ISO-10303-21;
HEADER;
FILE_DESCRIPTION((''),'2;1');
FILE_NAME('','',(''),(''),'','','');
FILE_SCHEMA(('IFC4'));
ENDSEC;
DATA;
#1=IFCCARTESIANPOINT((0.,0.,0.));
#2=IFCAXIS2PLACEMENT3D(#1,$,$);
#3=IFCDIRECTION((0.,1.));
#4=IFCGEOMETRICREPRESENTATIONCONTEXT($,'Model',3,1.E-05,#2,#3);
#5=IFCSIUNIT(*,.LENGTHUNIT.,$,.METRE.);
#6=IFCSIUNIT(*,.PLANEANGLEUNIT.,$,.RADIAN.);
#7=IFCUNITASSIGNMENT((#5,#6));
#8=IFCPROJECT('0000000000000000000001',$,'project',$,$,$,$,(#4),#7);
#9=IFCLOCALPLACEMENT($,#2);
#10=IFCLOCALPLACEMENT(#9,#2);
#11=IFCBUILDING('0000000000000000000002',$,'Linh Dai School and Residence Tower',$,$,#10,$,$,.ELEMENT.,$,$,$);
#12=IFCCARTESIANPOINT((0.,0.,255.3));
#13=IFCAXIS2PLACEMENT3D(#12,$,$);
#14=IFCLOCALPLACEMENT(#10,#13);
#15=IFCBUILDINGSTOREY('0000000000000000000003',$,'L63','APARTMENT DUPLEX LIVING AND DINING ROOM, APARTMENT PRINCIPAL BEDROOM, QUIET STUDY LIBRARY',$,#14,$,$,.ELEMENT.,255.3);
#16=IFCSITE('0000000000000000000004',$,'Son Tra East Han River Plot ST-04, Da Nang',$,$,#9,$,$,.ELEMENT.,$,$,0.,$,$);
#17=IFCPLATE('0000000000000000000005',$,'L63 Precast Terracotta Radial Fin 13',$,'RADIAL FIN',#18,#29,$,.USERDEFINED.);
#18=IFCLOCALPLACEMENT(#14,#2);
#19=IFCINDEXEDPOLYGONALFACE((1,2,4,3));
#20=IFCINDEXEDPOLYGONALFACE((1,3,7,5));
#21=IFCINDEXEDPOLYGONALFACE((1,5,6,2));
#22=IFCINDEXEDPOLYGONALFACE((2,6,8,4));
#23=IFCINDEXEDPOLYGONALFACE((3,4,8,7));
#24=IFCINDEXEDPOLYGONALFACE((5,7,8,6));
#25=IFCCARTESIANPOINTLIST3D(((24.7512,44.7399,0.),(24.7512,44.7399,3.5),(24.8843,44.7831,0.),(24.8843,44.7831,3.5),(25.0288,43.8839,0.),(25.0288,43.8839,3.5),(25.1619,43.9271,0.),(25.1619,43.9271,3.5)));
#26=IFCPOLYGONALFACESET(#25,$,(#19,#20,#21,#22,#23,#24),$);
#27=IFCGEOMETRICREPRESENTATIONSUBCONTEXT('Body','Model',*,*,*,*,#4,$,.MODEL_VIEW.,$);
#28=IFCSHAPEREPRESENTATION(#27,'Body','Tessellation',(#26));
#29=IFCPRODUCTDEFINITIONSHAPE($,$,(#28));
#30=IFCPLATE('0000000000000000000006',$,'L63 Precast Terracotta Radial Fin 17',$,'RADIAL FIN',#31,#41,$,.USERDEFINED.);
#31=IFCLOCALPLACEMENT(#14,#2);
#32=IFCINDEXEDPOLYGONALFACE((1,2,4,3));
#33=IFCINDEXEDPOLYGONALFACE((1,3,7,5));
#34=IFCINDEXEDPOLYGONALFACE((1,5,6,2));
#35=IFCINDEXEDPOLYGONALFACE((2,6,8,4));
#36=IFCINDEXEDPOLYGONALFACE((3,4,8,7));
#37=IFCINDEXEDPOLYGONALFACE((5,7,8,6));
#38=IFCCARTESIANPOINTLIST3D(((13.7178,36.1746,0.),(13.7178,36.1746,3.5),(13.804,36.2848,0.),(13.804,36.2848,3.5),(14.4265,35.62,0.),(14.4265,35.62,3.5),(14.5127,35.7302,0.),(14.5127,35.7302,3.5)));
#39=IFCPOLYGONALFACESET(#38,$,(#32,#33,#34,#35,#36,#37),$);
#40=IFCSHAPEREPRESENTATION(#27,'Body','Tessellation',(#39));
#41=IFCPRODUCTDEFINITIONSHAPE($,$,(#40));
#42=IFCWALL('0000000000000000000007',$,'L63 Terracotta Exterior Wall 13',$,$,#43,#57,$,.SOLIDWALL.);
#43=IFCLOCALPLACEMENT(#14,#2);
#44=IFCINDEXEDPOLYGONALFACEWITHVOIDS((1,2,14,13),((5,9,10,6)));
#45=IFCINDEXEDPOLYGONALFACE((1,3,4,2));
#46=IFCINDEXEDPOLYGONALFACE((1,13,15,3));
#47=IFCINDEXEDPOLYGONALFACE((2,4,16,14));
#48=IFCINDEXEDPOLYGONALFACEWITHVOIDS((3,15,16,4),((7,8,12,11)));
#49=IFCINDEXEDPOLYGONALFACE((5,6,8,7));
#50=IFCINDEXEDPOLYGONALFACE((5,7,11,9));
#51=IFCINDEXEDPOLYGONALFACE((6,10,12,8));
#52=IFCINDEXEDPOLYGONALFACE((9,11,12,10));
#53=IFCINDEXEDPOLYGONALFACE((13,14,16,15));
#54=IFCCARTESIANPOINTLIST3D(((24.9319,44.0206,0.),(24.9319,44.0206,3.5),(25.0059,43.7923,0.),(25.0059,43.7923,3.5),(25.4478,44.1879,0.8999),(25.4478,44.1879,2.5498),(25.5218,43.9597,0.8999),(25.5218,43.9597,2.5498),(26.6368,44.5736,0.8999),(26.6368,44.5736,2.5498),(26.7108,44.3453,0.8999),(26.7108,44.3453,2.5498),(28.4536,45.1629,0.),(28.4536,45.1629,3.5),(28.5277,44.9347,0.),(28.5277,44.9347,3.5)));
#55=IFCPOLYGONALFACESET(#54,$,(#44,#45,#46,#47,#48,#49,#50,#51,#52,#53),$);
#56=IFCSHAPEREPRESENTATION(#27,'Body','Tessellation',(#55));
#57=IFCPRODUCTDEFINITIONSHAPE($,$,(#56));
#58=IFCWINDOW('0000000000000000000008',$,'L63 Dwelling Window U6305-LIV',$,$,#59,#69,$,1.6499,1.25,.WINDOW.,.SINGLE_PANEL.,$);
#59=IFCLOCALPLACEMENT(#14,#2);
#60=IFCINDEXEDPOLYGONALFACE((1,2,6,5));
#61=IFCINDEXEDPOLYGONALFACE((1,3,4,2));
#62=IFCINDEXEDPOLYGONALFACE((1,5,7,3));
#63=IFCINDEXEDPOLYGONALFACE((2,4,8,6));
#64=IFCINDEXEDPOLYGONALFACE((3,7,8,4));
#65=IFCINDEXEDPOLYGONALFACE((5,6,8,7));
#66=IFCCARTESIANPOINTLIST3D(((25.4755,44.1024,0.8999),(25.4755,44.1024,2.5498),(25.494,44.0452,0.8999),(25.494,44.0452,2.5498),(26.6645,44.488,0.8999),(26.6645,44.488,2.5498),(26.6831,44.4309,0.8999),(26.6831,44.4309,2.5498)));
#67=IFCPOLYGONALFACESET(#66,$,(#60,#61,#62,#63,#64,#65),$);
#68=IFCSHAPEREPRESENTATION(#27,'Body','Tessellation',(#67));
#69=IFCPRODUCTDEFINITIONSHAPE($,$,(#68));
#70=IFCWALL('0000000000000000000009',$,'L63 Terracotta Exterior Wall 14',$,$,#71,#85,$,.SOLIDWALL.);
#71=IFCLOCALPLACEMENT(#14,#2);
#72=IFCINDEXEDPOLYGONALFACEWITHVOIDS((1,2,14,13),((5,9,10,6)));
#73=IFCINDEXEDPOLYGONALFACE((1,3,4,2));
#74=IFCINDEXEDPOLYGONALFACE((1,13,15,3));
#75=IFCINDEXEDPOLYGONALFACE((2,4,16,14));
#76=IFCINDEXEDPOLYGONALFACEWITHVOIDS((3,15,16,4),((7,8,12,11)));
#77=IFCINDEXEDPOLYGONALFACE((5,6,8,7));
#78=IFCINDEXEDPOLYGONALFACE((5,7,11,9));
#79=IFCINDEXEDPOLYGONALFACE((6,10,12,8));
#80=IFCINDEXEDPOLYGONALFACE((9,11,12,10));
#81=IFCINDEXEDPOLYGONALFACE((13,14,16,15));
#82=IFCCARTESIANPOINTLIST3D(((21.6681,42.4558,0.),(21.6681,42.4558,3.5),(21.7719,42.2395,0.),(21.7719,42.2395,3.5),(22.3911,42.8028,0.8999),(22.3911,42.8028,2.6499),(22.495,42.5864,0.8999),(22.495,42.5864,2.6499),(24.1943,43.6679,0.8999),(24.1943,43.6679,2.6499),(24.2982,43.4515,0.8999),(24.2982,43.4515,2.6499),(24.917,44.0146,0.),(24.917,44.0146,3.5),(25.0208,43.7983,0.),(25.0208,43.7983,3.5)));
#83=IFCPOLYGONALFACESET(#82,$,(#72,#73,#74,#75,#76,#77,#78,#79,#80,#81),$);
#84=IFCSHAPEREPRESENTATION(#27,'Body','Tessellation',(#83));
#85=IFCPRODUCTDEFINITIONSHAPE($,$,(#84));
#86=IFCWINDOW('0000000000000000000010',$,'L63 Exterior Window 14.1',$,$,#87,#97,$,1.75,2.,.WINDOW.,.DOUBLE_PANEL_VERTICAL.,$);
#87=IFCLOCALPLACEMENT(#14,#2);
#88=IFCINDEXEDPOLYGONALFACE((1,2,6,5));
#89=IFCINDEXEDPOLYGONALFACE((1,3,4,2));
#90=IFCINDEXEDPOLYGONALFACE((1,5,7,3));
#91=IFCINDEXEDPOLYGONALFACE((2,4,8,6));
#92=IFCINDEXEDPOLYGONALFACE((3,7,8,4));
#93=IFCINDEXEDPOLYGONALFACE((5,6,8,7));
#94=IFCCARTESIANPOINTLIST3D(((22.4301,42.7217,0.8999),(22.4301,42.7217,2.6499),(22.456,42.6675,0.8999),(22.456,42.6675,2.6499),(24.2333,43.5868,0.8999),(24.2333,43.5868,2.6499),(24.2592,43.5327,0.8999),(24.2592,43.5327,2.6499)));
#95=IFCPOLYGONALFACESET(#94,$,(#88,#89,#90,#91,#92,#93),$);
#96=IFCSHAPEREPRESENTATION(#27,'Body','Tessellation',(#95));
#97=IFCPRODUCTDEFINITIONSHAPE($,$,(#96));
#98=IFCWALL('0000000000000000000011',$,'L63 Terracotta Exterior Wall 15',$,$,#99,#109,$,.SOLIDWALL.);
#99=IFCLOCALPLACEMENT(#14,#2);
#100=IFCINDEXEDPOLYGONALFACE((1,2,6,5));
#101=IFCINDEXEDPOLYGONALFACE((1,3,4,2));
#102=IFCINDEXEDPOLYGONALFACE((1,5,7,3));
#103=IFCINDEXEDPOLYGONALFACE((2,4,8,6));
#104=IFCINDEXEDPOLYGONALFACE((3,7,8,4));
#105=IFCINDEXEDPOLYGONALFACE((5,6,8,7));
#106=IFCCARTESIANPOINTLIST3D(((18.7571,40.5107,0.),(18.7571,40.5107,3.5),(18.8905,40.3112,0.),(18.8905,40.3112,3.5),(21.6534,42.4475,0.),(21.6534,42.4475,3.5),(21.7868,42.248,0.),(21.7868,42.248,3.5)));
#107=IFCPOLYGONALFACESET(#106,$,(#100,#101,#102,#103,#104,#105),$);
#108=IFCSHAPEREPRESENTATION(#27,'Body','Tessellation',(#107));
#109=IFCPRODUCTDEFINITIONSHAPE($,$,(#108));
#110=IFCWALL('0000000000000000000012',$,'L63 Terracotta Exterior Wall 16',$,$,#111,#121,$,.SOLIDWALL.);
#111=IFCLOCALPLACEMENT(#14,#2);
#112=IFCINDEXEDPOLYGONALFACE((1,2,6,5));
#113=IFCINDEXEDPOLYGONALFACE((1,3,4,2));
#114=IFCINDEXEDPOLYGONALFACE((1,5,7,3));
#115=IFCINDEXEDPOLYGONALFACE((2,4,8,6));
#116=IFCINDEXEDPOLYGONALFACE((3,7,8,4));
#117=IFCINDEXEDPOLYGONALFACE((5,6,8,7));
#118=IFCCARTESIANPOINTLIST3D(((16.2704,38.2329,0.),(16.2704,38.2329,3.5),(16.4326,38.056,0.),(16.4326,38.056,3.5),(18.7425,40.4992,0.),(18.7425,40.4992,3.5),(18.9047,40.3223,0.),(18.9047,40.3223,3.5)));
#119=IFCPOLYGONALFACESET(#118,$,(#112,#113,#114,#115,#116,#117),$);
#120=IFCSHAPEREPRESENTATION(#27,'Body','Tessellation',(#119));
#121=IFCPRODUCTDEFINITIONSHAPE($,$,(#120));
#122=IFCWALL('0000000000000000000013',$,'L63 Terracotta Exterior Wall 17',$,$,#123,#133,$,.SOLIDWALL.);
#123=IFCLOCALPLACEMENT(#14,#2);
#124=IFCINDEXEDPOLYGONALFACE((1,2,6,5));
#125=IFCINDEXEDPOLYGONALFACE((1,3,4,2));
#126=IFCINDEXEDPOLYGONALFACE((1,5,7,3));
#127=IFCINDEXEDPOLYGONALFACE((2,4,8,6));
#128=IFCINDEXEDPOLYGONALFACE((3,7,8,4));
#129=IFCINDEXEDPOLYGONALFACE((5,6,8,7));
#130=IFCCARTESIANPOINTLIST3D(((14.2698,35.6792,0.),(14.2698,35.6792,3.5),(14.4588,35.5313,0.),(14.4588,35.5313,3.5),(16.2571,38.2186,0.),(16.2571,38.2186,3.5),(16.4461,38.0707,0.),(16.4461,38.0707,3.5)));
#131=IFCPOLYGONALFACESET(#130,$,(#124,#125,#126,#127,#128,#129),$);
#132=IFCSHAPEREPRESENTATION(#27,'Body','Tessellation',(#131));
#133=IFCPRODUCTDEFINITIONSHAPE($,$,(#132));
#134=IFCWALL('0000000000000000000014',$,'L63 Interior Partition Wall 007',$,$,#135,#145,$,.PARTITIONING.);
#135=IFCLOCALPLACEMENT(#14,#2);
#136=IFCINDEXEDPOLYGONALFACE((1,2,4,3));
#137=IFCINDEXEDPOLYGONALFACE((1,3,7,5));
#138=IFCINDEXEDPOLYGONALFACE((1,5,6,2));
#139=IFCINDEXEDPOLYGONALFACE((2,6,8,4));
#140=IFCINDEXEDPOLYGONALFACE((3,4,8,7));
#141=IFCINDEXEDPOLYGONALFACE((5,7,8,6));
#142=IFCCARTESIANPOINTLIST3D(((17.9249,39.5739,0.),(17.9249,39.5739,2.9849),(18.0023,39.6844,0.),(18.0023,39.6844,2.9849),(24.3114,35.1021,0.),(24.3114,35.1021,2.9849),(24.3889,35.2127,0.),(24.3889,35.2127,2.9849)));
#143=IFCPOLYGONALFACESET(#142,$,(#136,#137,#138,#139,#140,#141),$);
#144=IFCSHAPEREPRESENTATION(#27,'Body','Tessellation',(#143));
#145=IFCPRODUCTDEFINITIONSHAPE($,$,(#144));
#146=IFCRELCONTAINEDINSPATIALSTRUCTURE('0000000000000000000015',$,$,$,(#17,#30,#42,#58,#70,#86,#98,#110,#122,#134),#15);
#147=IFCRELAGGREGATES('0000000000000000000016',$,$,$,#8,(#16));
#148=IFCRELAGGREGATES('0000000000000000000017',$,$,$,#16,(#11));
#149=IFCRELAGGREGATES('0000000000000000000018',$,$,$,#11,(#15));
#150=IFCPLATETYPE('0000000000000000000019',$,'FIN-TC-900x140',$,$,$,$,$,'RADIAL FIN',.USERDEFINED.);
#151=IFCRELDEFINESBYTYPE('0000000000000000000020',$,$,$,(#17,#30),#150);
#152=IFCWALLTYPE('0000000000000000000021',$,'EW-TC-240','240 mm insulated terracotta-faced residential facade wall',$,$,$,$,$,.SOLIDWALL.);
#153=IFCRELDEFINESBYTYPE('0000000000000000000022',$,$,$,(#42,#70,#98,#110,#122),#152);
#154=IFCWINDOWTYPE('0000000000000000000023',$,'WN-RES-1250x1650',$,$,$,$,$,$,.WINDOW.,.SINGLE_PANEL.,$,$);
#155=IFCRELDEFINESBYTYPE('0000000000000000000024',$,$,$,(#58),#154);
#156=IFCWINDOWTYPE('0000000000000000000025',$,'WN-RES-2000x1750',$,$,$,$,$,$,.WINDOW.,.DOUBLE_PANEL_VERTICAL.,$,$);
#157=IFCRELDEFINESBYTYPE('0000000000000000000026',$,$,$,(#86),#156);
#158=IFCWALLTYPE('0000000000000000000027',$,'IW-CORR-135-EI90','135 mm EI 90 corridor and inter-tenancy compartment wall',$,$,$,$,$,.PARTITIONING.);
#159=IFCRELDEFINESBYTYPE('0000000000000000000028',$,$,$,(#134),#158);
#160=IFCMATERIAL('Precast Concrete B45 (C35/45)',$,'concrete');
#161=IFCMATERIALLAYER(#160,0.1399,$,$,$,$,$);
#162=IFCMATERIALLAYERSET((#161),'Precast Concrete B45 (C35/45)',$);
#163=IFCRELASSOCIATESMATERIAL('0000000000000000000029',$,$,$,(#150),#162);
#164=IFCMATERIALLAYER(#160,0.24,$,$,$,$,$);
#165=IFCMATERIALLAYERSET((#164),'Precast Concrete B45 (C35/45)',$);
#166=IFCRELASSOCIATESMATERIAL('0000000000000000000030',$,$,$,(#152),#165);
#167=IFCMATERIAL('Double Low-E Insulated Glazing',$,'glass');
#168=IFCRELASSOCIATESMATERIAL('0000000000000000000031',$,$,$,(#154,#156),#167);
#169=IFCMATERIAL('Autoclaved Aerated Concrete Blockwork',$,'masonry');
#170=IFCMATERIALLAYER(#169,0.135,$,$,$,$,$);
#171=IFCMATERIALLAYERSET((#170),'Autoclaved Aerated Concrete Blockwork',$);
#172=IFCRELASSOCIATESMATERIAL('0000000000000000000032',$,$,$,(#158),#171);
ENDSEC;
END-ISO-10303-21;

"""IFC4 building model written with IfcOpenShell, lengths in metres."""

from ifc_helpers import new_model, si_unit, direction, frame, frame_2d, origin, origin_2d, place, context, subcontext, project, spatial, rectangle, extrude, source, transform, mapped, material, layer, layer_set, type_object, element, fill, save


model = new_model("IFC4")

# Units and contexts
model_context = context("Model", 3, precision=1e-05, world=origin(), true_north=direction((0.0, 1.0)))
body_context = subcontext(model_context, "Body", "Model", "MODEL_VIEW")
ifc_project = project(units=[si_unit("LENGTHUNIT", "METRE"), si_unit("PLANEANGLEUNIT", "RADIAN")], contexts=[model_context])

# Site, building, storey
site_placement = place(None, origin())
site = spatial("IfcSite", under=ifc_project, at=site_placement, Name="Son Tra East Han River Plot ST-04, Da Nang", CompositionType="ELEMENT", RefElevation=0.0)
building_placement = place(site_placement, origin())
building = spatial("IfcBuilding", under=site, at=building_placement, Name="Linh Dai School and Residence Tower", CompositionType="ELEMENT")
storey_placement = place(building_placement, frame((0.0, 0.0, 255.3)))
storey = spatial("IfcBuildingStorey", under=building, at=storey_placement, Name="L63", Description="APARTMENT DUPLEX LIVING AND DINING ROOM, APARTMENT PRINCIPAL BEDROOM, QUIET STUDY LIBRARY", CompositionType="ELEMENT", Elevation=255.3)

# Plates
ifc_material_1 = material(Name="Precast Concrete B45 (C35/45)", Category="concrete")
ifc_layer_1 = layer(ifc_material_1, 0.1399)
ifc_layer_set_1 = layer_set([ifc_layer_1], Name="Precast Concrete B45 (C35/45)")
plate_type = type_object("IfcPlateType", Name="FIN-TC-900x140", ElementType="RADIAL FIN", PredefinedType="USERDEFINED", material=ifc_layer_set_1)
shared_shape_1 = source(origin(), body_context, "Body", "SweptSolid", [
    extrude(rectangle(XDim=0.8999, YDim=0.1399, at=origin_2d()), origin(), (0.0, 0.0, 1.0), 3.5),
])
for number, where, z_axis, x_axis, name in (
    (1, (24.9565, 44.3335, 0.0), (0.0, 0.0, 1.0), (-0.308501, 0.951224, 0.0), "L63 Precast Terracotta Radial Fin 13"),
    (2, (14.1152, 35.9524, 0.0), (0.0, 0.0, 1.0), (-0.787487, 0.616332, 0.0), "L63 Precast Terracotta Radial Fin 17"),
):
    element("IfcPlate", number, at=place(storey_placement, frame(where, z_axis=z_axis, x_axis=x_axis)), inside=storey, type_object=plate_type, Name=name, ObjectType="RADIAL FIN", PredefinedType="USERDEFINED", context=body_context, shape_type="MappedRepresentation", body=[
        mapped(shared_shape_1, transform((0.0, 0.0, 0.0), x_axis=(1.0, 0.0, 0.0), y_axis=(0.0, 1.0, 0.0), z_axis=(0.0, 0.0, 1.0), scale=1.0)),
    ])

# Walls, openings, windows
ifc_layer_2 = layer(ifc_material_1, 0.24)
ifc_layer_set_2 = layer_set([ifc_layer_2], Name="Precast Concrete B45 (C35/45)")
wall_type_1 = type_object("IfcWallType", Name="EW-TC-240", Description="240 mm insulated terracotta-faced residential facade wall", PredefinedType="SOLIDWALL", material=ifc_layer_set_2)
wall_1_placement = place(storey_placement, frame((24.969, 43.9065, 0.0), z_axis=(0.0, 0.0, 1.0), x_axis=(0.951211, 0.308542, 0.0)))
wall_1 = element("IfcWall", 3, at=wall_1_placement, inside=storey, type_object=wall_type_1, Name="L63 Terracotta Exterior Wall 13", PredefinedType="SOLIDWALL", context=body_context, shape_type="SweptSolid", body=[
    extrude(rectangle(XDim=3.7024, YDim=0.24, at=frame_2d((1.8511, 0.0))), origin(), (0.0, 0.0, 1.0), 3.5),
])
opening_1_placement = place(wall_1_placement, frame((0.5422, 0.0, 0.8999)))
opening_1 = element("IfcOpeningElement", 4, at=opening_1_placement, cuts=wall_1, PredefinedType="OPENING", context=body_context, shape_type="SweptSolid", body=[
    extrude(rectangle(XDim=1.25, YDim=1.6499, at=origin_2d()), frame((0.625, 0.1299, 0.825), z_axis=(0.0, -1.0, 0.0), x_axis=(1.0, 0.0, 0.0)), (0.0, 0.0, 1.0), 0.26),
])
ifc_material_2 = material(Name="Double Low-E Insulated Glazing", Category="glass")
window_type_1 = type_object("IfcWindowType", Name="WN-RES-1250x1650", PartitioningType="SINGLE_PANEL", PredefinedType="WINDOW", material=ifc_material_2)
shared_shape_2 = source(origin(), body_context, "Body", "SweptSolid", [
    extrude(rectangle(XDim=1.25, YDim=1.6499, at=origin_2d()), frame((0.625, 0.03, 0.825), z_axis=(0.0, -1.0, 0.0), x_axis=(1.0, 0.0, 0.0)), (0.0, 0.0, 1.0), 0.0601),
])
window_1_placement = place(opening_1_placement, origin())
window_1 = element("IfcWindow", 5, at=window_1_placement, inside=storey, type_object=window_type_1, Name="L63 Dwelling Window U6305-LIV", OverallHeight=1.6499, OverallWidth=1.25, PartitioningType="SINGLE_PANEL", PredefinedType="WINDOW", context=body_context, shape_type="MappedRepresentation", body=[
    mapped(shared_shape_2, transform((0.0, 0.0, 0.0), x_axis=(1.0, 0.0, 0.0), y_axis=(0.0, 1.0, 0.0), z_axis=(0.0, 0.0, 1.0), scale=1.0)),
])
fill(opening_1, window_1)
wall_2_placement = place(storey_placement, frame((21.72, 42.3477, 0.0), z_axis=(0.0, 0.0, 1.0), x_axis=(0.901598, 0.432575, 0.0)))
wall_2 = element("IfcWall", 6, at=wall_2_placement, inside=storey, type_object=wall_type_1, Name="L63 Terracotta Exterior Wall 14", PredefinedType="SOLIDWALL", context=body_context, shape_type="SweptSolid", body=[
    extrude(rectangle(XDim=3.6035, YDim=0.24, at=frame_2d((1.8018, 0.0))), origin(), (0.0, 0.0, 1.0), 3.5),
])
opening_2_placement = place(wall_2_placement, frame((0.802, 0.0, 0.8999)))
opening_2 = element("IfcOpeningElement", 7, at=opening_2_placement, cuts=wall_2, PredefinedType="OPENING", context=body_context, shape_type="SweptSolid", body=[
    extrude(rectangle(XDim=2.0, YDim=1.75, at=origin_2d()), frame((1.0, 0.1299, 0.875), z_axis=(0.0, -1.0, 0.0), x_axis=(1.0, 0.0, 0.0)), (0.0, 0.0, 1.0), 0.26),
])
window_type_2 = type_object("IfcWindowType", Name="WN-RES-2000x1750", PartitioningType="DOUBLE_PANEL_VERTICAL", PredefinedType="WINDOW", material=ifc_material_2)
shared_shape_3 = source(origin(), body_context, "Body", "SweptSolid", [
    extrude(rectangle(XDim=2.0, YDim=1.75, at=origin_2d()), frame((1.0, 0.03, 0.875), z_axis=(0.0, -1.0, 0.0), x_axis=(1.0, 0.0, 0.0)), (0.0, 0.0, 1.0), 0.0601),
])
window_2_placement = place(opening_2_placement, origin())
window_2 = element("IfcWindow", 8, at=window_2_placement, inside=storey, type_object=window_type_2, Name="L63 Exterior Window 14.1", OverallHeight=1.75, OverallWidth=2.0, PartitioningType="DOUBLE_PANEL_VERTICAL", PredefinedType="WINDOW", context=body_context, shape_type="MappedRepresentation", body=[
    mapped(shared_shape_3, transform((0.0, 0.0, 0.0), x_axis=(1.0, 0.0, 0.0), y_axis=(0.0, 1.0, 0.0), z_axis=(0.0, 0.0, 1.0), scale=1.0)),
])
fill(opening_2, window_2)

# Walls
wall_3_placement = place(storey_placement, frame((18.8237, 40.4109, 0.0), z_axis=(0.0, 0.0, 1.0), x_axis=(0.831262, 0.55588, 0.0)))
element("IfcWall", 9, at=wall_3_placement, inside=storey, type_object=wall_type_1, Name="L63 Terracotta Exterior Wall 15", PredefinedType="SOLIDWALL", context=body_context, shape_type="SweptSolid", body=[
    extrude(rectangle(XDim=3.4841, YDim=0.24, at=frame_2d((1.7422, 0.0))), origin(), (0.0, 0.0, 1.0), 3.5),
])
wall_4_placement = place(storey_placement, frame((16.3516, 38.1445, 0.0), z_axis=(0.0, 0.0, 1.0), x_axis=(0.737124, 0.675758, 0.0)))
element("IfcWall", 10, at=wall_4_placement, inside=storey, type_object=wall_type_1, Name="L63 Terracotta Exterior Wall 16", PredefinedType="SOLIDWALL", context=body_context, shape_type="SweptSolid", body=[
    extrude(rectangle(XDim=3.3538, YDim=0.24, at=frame_2d((1.6768, 0.0))), origin(), (0.0, 0.0, 1.0), 3.5),
])
wall_5_placement = place(storey_placement, frame((14.3643, 35.6052, 0.0), z_axis=(0.0, 0.0, 1.0), x_axis=(0.616312, 0.787502, 0.0)))
element("IfcWall", 11, at=wall_5_placement, inside=storey, type_object=wall_type_1, Name="L63 Terracotta Exterior Wall 17", PredefinedType="SOLIDWALL", context=body_context, shape_type="SweptSolid", body=[
    extrude(rectangle(XDim=3.2246, YDim=0.24, at=frame_2d((1.6123, 0.0))), origin(), (0.0, 0.0, 1.0), 3.5),
])
ifc_material_3 = material(Name="Autoclaved Aerated Concrete Blockwork", Category="masonry")
ifc_layer_3 = layer(ifc_material_3, 0.135)
ifc_layer_set_3 = layer_set([ifc_layer_3], Name="Autoclaved Aerated Concrete Blockwork")
wall_type_2 = type_object("IfcWallType", Name="IW-CORR-135-EI90", Description="135 mm EI 90 corridor and inter-tenancy compartment wall", PredefinedType="PARTITIONING", material=ifc_layer_set_3)
wall_6_placement = place(storey_placement, frame((17.9636, 39.6292, 0.0), z_axis=(0.0, 0.0, 1.0), x_axis=(0.819163, -0.573561, 0.0)))
element("IfcWall", 12, at=wall_6_placement, inside=storey, type_object=wall_type_2, Name="L63 Interior Partition Wall 007", PredefinedType="PARTITIONING", context=body_context, shape_type="SweptSolid", body=[
    extrude(rectangle(XDim=7.7964, YDim=0.135, at=frame_2d((3.8982, 0.0))), origin(), (0.0, 0.0, 1.0), 2.9849),
])

save(model, "model.ifc")
